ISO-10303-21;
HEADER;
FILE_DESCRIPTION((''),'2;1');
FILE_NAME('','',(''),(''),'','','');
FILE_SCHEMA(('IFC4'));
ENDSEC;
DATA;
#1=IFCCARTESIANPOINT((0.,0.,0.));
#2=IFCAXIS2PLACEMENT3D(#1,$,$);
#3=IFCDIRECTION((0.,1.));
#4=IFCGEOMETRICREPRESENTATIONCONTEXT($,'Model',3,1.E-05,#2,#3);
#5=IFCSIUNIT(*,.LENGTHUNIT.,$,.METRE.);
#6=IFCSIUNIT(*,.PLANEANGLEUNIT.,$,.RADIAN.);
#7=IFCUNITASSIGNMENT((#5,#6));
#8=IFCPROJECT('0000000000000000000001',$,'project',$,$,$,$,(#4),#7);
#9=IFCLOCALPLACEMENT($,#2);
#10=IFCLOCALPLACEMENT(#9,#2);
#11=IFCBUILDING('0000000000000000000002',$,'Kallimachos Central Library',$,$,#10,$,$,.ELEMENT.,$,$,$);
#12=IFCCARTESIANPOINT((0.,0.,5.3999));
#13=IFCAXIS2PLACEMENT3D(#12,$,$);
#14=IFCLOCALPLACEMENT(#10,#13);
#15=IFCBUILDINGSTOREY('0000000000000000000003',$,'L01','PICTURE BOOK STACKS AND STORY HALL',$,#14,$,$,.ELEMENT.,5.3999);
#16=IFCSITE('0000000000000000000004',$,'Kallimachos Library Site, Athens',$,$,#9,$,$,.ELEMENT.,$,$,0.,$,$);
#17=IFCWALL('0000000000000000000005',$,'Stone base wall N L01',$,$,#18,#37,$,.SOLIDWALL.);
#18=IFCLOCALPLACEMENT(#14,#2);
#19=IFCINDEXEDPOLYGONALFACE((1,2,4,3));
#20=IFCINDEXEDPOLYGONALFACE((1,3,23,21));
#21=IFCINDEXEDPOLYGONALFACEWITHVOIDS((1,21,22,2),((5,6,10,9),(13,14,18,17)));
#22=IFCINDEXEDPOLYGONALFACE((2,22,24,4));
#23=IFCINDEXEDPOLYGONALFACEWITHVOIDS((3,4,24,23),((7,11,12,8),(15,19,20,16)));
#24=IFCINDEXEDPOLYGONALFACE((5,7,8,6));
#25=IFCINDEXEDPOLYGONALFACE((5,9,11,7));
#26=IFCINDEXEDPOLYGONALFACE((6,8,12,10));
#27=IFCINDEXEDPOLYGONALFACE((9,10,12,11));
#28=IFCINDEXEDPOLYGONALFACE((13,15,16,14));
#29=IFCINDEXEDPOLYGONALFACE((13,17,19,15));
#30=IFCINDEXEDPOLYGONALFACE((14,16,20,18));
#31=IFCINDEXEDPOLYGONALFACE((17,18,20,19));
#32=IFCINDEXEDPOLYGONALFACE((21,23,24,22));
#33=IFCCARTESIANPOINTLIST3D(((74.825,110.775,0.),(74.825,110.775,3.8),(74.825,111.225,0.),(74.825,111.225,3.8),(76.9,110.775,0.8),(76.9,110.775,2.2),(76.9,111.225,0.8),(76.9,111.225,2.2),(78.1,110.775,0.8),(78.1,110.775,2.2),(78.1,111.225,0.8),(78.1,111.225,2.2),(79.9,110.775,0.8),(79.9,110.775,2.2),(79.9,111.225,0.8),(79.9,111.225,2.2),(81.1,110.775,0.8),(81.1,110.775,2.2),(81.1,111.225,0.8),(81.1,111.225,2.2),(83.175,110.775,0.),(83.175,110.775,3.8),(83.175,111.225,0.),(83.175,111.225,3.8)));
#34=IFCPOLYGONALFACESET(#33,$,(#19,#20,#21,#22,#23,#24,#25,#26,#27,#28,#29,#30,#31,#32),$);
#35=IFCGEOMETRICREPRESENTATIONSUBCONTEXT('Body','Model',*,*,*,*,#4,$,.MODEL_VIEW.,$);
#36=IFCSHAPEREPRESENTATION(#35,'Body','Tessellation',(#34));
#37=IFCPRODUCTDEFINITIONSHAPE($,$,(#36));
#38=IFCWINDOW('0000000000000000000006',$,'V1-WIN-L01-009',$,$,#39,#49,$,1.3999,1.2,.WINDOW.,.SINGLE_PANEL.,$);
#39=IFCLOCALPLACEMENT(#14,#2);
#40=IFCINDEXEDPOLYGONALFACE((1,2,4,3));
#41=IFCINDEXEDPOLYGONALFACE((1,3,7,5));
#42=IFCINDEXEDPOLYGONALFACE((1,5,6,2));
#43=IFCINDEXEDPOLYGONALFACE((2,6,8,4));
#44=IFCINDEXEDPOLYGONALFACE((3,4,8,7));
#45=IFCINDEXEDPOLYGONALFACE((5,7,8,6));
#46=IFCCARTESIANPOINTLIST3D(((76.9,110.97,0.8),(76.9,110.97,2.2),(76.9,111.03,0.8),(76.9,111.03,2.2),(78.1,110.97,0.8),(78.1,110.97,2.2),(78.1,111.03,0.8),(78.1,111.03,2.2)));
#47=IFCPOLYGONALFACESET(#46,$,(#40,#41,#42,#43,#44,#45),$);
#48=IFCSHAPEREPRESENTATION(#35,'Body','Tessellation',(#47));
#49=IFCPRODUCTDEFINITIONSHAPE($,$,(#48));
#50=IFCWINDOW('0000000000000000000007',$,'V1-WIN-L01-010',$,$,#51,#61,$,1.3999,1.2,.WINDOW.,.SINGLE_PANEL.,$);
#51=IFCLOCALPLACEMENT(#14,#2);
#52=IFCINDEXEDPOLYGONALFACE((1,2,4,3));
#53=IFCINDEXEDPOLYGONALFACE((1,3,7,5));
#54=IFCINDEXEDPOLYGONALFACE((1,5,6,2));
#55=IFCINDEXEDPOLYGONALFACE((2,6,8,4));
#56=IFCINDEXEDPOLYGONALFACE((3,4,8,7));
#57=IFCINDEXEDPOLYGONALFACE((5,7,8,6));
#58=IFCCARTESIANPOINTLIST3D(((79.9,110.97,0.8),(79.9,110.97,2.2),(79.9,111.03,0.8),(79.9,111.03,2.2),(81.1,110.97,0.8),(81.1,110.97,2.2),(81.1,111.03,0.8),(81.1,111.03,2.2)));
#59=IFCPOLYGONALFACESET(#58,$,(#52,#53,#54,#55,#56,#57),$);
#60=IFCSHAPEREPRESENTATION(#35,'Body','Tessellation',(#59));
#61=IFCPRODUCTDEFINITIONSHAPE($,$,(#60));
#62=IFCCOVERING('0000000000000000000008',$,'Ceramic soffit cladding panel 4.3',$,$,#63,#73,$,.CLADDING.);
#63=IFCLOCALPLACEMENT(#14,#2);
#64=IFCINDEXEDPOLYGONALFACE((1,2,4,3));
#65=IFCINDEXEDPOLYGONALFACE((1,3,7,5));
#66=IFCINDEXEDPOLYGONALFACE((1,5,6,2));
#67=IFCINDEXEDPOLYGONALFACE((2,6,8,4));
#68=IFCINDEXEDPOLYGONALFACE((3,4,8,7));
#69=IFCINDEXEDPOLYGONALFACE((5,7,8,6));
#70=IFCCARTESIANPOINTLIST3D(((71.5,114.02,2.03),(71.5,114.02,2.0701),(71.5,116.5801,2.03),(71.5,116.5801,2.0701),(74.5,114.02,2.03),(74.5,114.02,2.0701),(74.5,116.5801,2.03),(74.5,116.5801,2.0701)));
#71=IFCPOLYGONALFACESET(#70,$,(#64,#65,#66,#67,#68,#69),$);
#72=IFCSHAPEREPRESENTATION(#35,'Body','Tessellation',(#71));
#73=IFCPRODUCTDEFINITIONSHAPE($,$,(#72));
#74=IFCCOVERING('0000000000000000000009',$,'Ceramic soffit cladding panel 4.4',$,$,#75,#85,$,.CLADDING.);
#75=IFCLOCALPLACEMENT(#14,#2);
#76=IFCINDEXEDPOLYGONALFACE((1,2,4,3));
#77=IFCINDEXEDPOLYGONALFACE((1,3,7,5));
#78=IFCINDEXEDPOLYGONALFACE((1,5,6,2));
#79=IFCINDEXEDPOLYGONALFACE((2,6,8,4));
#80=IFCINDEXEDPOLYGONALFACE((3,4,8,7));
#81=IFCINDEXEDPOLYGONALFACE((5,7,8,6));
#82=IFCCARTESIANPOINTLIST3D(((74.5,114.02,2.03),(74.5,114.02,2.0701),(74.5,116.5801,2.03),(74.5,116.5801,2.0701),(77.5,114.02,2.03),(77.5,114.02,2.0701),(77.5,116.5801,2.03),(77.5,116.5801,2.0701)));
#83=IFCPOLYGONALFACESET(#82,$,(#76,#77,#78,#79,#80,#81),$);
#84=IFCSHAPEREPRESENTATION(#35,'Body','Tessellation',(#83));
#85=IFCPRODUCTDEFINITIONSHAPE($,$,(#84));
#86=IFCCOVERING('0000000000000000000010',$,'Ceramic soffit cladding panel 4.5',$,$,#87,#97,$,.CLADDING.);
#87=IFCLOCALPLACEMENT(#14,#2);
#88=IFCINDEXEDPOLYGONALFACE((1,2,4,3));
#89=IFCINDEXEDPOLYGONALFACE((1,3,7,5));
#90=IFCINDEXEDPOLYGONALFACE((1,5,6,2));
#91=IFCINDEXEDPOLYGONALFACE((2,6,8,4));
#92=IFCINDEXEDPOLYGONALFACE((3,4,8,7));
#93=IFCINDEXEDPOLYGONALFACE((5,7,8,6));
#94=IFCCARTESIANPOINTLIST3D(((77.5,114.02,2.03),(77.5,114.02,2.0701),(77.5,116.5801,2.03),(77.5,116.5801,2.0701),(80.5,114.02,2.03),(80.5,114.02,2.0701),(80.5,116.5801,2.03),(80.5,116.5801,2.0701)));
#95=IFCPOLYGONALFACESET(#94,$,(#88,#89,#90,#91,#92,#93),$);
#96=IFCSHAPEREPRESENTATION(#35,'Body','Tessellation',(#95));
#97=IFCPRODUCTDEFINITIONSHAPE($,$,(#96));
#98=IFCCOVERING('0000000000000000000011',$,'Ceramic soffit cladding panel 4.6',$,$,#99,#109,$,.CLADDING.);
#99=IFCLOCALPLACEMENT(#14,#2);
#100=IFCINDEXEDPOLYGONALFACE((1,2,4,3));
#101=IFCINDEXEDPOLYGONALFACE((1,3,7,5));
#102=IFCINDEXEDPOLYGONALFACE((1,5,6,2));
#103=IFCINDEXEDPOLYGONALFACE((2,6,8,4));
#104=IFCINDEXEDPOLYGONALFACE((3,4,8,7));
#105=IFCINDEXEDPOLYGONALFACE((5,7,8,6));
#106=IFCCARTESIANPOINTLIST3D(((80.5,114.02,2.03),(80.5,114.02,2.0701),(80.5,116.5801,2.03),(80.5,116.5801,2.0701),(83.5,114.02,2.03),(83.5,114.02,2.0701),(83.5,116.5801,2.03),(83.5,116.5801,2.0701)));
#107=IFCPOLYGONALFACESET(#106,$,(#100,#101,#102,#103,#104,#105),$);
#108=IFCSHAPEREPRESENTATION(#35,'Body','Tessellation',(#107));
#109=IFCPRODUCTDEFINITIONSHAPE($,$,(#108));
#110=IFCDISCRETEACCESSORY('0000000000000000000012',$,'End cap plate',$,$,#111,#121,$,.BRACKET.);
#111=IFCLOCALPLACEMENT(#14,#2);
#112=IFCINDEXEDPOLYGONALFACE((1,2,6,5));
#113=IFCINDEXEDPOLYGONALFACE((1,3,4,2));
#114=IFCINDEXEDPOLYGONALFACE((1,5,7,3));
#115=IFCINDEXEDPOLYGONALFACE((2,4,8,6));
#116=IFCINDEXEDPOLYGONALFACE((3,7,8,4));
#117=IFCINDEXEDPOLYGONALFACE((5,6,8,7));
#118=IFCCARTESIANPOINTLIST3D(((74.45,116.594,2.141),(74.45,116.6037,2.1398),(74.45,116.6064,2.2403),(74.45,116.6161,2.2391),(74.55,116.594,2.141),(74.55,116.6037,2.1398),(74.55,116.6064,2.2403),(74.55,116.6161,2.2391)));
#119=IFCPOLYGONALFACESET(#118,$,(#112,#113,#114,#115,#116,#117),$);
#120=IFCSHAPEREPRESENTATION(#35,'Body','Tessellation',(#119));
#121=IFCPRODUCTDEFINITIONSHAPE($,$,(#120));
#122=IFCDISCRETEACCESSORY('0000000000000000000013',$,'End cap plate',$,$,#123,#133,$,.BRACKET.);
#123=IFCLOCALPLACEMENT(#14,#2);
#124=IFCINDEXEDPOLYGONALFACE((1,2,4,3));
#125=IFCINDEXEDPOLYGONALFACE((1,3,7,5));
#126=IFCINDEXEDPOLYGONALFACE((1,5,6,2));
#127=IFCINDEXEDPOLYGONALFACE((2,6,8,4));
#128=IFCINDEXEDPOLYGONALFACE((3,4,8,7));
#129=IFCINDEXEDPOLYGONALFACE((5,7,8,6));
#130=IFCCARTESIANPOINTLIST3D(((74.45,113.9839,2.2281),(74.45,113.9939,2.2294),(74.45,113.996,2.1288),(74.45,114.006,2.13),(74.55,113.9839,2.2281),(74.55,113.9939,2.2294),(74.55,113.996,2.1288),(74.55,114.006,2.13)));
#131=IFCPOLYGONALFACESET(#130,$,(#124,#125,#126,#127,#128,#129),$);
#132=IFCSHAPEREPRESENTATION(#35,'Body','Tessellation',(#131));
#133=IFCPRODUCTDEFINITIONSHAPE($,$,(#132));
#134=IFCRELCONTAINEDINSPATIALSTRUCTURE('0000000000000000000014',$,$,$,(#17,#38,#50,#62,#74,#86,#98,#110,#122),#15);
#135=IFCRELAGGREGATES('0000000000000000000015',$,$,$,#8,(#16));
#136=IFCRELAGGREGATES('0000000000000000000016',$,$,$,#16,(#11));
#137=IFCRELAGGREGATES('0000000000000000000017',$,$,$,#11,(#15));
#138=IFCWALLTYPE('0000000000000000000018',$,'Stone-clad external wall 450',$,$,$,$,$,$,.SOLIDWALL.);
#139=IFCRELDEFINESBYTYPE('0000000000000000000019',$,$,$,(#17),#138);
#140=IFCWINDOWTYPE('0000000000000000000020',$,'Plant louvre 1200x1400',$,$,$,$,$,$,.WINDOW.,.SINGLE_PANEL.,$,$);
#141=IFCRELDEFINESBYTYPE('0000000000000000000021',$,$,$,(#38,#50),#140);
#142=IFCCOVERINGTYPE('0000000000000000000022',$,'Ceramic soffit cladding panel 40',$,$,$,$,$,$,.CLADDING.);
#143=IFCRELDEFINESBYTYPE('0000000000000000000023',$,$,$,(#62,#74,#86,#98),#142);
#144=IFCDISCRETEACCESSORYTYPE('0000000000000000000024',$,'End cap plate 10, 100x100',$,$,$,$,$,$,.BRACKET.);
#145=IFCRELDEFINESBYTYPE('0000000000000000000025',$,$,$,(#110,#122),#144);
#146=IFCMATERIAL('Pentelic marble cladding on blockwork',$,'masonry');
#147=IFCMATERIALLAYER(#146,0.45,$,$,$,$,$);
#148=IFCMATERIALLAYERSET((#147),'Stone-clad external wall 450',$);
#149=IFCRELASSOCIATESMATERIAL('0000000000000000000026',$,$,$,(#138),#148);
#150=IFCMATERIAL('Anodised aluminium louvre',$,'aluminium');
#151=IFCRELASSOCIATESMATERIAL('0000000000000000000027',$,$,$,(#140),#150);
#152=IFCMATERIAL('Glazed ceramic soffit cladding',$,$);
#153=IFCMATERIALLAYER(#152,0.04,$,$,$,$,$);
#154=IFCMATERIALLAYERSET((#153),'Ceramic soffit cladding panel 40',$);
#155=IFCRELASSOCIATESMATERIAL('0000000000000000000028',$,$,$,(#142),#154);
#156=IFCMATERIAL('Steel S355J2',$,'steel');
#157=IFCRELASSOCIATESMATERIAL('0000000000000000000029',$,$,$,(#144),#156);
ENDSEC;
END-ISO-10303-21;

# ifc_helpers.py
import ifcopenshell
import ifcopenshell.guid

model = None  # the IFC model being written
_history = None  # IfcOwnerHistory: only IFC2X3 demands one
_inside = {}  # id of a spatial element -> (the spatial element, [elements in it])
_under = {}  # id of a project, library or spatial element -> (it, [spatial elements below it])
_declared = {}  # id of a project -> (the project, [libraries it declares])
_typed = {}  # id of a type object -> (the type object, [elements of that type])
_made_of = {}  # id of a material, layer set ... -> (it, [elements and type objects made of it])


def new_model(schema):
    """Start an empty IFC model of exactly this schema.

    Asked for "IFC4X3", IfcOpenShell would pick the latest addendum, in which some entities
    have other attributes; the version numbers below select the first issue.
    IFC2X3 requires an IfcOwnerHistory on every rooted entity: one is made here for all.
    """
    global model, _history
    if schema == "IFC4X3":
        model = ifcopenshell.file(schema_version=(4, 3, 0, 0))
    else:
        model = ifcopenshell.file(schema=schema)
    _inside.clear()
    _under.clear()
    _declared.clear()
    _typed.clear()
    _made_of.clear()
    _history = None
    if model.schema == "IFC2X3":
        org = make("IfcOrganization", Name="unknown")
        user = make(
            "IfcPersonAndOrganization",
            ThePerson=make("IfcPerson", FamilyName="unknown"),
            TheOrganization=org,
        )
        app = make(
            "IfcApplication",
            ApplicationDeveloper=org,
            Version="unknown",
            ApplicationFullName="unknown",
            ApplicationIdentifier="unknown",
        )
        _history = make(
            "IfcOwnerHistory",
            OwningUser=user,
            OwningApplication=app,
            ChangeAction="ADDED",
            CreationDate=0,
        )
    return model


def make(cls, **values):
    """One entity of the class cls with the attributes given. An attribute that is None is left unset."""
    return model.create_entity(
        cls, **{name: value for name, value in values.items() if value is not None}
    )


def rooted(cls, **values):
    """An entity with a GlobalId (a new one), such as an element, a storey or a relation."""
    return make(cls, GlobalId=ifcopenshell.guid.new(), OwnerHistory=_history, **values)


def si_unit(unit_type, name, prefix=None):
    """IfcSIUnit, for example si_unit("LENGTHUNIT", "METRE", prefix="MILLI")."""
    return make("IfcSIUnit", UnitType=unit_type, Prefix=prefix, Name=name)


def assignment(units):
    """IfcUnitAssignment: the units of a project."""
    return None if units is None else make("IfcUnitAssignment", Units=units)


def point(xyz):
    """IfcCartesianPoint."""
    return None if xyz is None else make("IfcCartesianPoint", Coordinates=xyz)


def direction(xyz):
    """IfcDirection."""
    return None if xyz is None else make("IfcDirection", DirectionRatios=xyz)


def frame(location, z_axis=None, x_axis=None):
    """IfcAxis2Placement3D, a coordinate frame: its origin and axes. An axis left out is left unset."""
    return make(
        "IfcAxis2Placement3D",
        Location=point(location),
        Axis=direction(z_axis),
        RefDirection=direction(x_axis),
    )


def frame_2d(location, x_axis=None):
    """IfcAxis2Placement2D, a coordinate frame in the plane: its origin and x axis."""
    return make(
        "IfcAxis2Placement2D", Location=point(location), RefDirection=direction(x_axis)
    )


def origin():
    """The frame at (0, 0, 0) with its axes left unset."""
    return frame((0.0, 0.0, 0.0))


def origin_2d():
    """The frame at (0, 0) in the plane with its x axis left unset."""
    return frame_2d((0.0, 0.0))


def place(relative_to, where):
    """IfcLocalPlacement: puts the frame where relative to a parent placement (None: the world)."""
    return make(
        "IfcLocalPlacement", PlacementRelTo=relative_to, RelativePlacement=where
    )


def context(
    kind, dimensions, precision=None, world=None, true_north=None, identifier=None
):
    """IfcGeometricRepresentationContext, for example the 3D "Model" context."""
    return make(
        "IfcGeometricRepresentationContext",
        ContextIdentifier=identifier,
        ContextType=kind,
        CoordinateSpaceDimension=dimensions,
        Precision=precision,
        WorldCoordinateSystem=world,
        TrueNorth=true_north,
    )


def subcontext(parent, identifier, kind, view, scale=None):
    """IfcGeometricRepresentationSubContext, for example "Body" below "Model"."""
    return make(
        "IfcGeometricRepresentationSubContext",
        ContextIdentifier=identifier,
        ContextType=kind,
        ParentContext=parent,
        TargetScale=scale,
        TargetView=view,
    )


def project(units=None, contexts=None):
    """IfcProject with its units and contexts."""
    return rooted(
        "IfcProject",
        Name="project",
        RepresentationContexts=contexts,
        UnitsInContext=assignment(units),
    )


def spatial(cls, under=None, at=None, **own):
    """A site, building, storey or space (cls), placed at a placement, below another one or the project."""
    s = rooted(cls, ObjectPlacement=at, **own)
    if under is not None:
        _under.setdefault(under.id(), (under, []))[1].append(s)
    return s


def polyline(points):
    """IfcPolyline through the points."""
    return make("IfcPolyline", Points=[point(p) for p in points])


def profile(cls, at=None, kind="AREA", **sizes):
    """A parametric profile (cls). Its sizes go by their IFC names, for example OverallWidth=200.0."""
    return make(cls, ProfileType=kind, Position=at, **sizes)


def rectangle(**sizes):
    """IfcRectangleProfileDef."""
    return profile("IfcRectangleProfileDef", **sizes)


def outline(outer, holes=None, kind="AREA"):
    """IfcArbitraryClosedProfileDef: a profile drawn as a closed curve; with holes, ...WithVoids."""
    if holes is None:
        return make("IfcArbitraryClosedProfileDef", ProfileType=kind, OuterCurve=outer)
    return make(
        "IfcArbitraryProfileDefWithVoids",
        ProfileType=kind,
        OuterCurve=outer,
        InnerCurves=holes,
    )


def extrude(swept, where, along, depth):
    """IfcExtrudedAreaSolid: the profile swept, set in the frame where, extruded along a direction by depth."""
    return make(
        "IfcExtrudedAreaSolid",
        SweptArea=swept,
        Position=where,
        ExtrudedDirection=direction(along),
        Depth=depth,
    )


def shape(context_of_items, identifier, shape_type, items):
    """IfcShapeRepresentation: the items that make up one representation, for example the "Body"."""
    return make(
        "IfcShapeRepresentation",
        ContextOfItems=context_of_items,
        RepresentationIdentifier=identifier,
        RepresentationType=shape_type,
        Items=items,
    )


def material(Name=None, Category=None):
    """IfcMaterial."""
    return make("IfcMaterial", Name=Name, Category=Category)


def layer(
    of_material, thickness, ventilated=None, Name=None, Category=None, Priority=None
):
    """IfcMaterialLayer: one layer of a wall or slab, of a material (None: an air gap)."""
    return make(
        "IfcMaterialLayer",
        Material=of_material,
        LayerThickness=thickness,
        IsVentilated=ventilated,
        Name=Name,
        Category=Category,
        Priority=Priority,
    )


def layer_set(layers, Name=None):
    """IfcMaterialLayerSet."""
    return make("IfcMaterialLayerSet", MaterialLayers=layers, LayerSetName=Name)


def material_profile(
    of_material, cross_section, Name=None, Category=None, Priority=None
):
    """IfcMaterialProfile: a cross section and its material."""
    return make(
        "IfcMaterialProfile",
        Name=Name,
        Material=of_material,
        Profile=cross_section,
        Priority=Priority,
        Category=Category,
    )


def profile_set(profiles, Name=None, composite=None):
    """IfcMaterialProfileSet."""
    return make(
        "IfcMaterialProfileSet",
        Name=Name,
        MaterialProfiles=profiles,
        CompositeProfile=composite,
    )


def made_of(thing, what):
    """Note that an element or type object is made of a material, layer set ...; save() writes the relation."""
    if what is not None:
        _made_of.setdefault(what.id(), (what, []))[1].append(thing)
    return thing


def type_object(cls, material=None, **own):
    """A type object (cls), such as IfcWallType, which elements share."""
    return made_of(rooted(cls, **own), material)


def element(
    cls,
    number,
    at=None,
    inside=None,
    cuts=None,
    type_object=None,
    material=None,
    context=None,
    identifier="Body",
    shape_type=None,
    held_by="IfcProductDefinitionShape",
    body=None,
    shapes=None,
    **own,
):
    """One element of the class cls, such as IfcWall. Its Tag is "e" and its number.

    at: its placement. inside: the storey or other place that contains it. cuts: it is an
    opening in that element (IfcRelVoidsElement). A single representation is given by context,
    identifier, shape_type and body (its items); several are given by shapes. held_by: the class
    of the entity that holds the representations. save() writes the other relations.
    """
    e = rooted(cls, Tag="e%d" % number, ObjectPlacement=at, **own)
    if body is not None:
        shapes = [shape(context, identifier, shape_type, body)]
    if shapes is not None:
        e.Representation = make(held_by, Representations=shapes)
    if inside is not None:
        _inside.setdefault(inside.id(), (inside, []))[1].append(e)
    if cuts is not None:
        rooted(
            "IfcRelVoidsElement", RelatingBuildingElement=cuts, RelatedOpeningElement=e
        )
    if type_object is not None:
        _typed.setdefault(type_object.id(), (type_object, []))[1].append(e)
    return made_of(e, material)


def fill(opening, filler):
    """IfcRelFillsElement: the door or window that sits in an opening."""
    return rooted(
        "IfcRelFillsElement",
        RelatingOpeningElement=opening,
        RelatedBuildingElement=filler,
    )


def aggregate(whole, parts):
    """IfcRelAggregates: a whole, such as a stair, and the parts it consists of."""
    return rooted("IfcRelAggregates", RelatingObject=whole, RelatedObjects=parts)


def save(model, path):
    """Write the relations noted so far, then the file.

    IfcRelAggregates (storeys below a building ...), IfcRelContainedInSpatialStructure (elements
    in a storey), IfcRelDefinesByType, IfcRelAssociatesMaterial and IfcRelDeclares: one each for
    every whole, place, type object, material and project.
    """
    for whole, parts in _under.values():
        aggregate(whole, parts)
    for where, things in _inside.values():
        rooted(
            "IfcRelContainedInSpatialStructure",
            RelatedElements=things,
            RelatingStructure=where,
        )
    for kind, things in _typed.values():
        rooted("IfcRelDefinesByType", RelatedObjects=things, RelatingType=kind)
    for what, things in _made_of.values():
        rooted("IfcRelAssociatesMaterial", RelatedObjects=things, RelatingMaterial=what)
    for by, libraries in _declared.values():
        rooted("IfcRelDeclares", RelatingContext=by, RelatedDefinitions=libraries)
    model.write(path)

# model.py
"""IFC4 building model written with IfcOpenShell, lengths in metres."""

from ifc_helpers import new_model, si_unit, direction, frame, frame_2d, origin, origin_2d, place, context, subcontext, project, spatial, polyline, rectangle, outline, extrude, material, layer, layer_set, material_profile, profile_set, type_object, element, fill, save


model = new_model("IFC4")

# Units and contexts
model_context = context("Model", 3, precision=1e-05, world=origin(), true_north=direction((0.0, 1.0)))
body_context = subcontext(model_context, "Body", "Model", "MODEL_VIEW")
ifc_project = project(units=[si_unit("LENGTHUNIT", "METRE"), si_unit("PLANEANGLEUNIT", "RADIAN")], contexts=[model_context])

# Site, building, storey
site_placement = place(None, origin())
site = spatial("IfcSite", under=ifc_project, at=site_placement, Name="Kallimachos Library Site, Athens", CompositionType="ELEMENT", RefElevation=0.0)
building_placement = place(site_placement, origin())
building = spatial("IfcBuilding", under=site, at=building_placement, Name="Kallimachos Central Library", CompositionType="ELEMENT")
storey_placement = place(building_placement, frame((0.0, 0.0, 5.3999)))
storey = spatial("IfcBuildingStorey", under=building, at=storey_placement, Name="L01", Description="PICTURE BOOK STACKS AND STORY HALL", CompositionType="ELEMENT", Elevation=5.3999)

# Shared definitions
ifc_material_1 = material(Name="Pentelic marble cladding on blockwork", Category="masonry")
ifc_layer_1 = layer(ifc_material_1, 0.45)
ifc_layer_set_1 = layer_set([ifc_layer_1], Name="Stone-clad external wall 450")
wall_type = type_object("IfcWallType", Name="Stone-clad external wall 450", PredefinedType="SOLIDWALL", material=ifc_layer_set_1)

# Wall, openings, windows
wall_1_placement = place(storey_placement, frame((74.825, 111.0, 0.0), z_axis=(0.0, 0.0, 1.0), x_axis=(1.0, 0.0, 0.0)))
wall_1 = element("IfcWall", 1, at=wall_1_placement, inside=storey, type_object=wall_type, Name="Stone base wall N L01", PredefinedType="SOLIDWALL", context=body_context, shape_type="SweptSolid", body=[
    extrude(rectangle(XDim=8.3501, YDim=0.45, at=frame_2d((4.175, 0.0))), origin(), (0.0, 0.0, 1.0), 3.8),
])
opening_1_placement = place(wall_1_placement, frame((2.075, 0.0, 0.8)))
opening_1 = element("IfcOpeningElement", 2, at=opening_1_placement, cuts=wall_1, PredefinedType="OPENING", context=body_context, shape_type="SweptSolid", body=[
    extrude(rectangle(XDim=1.2, YDim=1.3999, at=frame_2d((0.6001, 0.7))), frame((0.0, 0.2349, 0.0), z_axis=(0.0, -1.0, 0.0), x_axis=(1.0, 0.0, 0.0)), (0.0, 0.0, 1.0), 0.47),
])
opening_2_placement = place(wall_1_placement, frame((5.075, 0.0, 0.8)))
opening_2 = element("IfcOpeningElement", 3, at=opening_2_placement, cuts=wall_1, PredefinedType="OPENING", context=body_context, shape_type="SweptSolid", body=[
    extrude(rectangle(XDim=1.2, YDim=1.3999, at=frame_2d((0.6001, 0.7))), frame((0.0, 0.2349, 0.0), z_axis=(0.0, -1.0, 0.0), x_axis=(1.0, 0.0, 0.0)), (0.0, 0.0, 1.0), 0.47),
])
ifc_material_2 = material(Name="Anodised aluminium louvre", Category="aluminium")
window_type = type_object("IfcWindowType", Name="Plant louvre 1200x1400", PartitioningType="SINGLE_PANEL", PredefinedType="WINDOW", material=ifc_material_2)
window_1_placement = place(opening_1_placement, origin())
window_1 = element("IfcWindow", 4, at=window_1_placement, inside=storey, type_object=window_type, Name="V1-WIN-L01-009", OverallHeight=1.3999, OverallWidth=1.2, PartitioningType="SINGLE_PANEL", PredefinedType="WINDOW", context=body_context, shape_type="SweptSolid", body=[
    extrude(rectangle(XDim=1.2, YDim=1.3999, at=frame_2d((0.6001, 0.7))), frame((0.0, 0.03, 0.0), z_axis=(0.0, -1.0, 0.0), x_axis=(1.0, 0.0, 0.0)), (0.0, 0.0, 1.0), 0.0601),
])
fill(opening_1, window_1)
window_2_placement = place(opening_2_placement, origin())
window_2 = element("IfcWindow", 5, at=window_2_placement, inside=storey, type_object=window_type, Name="V1-WIN-L01-010", OverallHeight=1.3999, OverallWidth=1.2, PartitioningType="SINGLE_PANEL", PredefinedType="WINDOW", context=body_context, shape_type="SweptSolid", body=[
    extrude(rectangle(XDim=1.2, YDim=1.3999, at=frame_2d((0.6001, 0.7))), frame((0.0, 0.03, 0.0), z_axis=(0.0, -1.0, 0.0), x_axis=(1.0, 0.0, 0.0)), (0.0, 0.0, 1.0), 0.0601),
])
fill(opening_2, window_2)

# Coverings
ifc_material_3 = material(Name="Glazed ceramic soffit cladding")
ifc_layer_2 = layer(ifc_material_3, 0.04)
ifc_layer_set_2 = layer_set([ifc_layer_2], Name="Ceramic soffit cladding panel 40")
covering_type = type_object("IfcCoveringType", Name="Ceramic soffit cladding panel 40", PredefinedType="CLADDING", material=ifc_layer_set_2)
for number, where, z_axis, x_axis, name in (
    (6, (71.5, 116.5801, 2.0701), (0.0, 0.0, 1.0), (1.0, 0.0, 0.0), "Ceramic soffit cladding panel 4.3"),
    (7, (74.5, 116.5801, 2.0701), (0.0, 0.0, 1.0), (1.0, 0.0, 0.0), "Ceramic soffit cladding panel 4.4"),
    (8, (77.5, 116.5801, 2.0701), (0.0, 0.0, 1.0), (1.0, 0.0, 0.0), "Ceramic soffit cladding panel 4.5"),
    (9, (80.5, 116.5801, 2.0701), (0.0, 0.0, 1.0), (1.0, 0.0, 0.0), "Ceramic soffit cladding panel 4.6"),
):
    element("IfcCovering", number, at=place(storey_placement, frame(where, z_axis=z_axis, x_axis=x_axis)), inside=storey, type_object=covering_type, Name=name, PredefinedType="CLADDING", context=body_context, shape_type="SweptSolid", body=[
        extrude(outline(polyline([(0.0, 0.0), (3.0, 0.0), (3.0, -2.5601), (0.0, -2.5601), (0.0, 0.0)])), origin(), (0.0, 0.0, -1.0), 0.04),
    ])

# Discrete accessories
ifc_material_4 = material(Name="Steel S355J2", Category="steel")
ifc_material_profile_1 = material_profile(ifc_material_4, rectangle(XDim=0.1001, YDim=0.1001, at=origin_2d()), Name="End cap plate 10, 100x100")
ifc_profile_set_1 = profile_set([ifc_material_profile_1], Name="Steel S355J2")
discrete_accessory_type = type_object("IfcDiscreteAccessoryType", Name="End cap plate 10, 100x100", PredefinedType="BRACKET", material=ifc_profile_set_1)
discrete_accessory_1_placement = place(storey_placement, frame((74.5, 116.6099, 2.1895), z_axis=(0.0, -0.992278, 0.124035), x_axis=(1.0, 0.0, 0.0)))
element("IfcDiscreteAccessory", 10, at=discrete_accessory_1_placement, inside=storey, type_object=discrete_accessory_type, Name="End cap plate", PredefinedType="BRACKET", context=body_context, shape_type="SweptSolid", body=[
    extrude(rectangle(XDim=0.1001, YDim=0.1001, at=origin_2d()), origin(), (0.0, 0.0, 1.0), 0.0098),
])
discrete_accessory_2_placement = place(storey_placement, frame((74.5, 113.99, 2.1785), z_axis=(0.0, 0.992646, 0.121054), x_axis=(-1.0, 0.0, 0.0)))
element("IfcDiscreteAccessory", 11, at=discrete_accessory_2_placement, inside=storey, type_object=discrete_accessory_type, Name="End cap plate", PredefinedType="BRACKET", context=body_context, shape_type="SweptSolid", body=[
    extrude(rectangle(XDim=0.1001, YDim=0.1001, at=origin_2d()), origin(), (0.0, 0.0, 1.0), 0.01),
])

save(model, "model.ifc")
